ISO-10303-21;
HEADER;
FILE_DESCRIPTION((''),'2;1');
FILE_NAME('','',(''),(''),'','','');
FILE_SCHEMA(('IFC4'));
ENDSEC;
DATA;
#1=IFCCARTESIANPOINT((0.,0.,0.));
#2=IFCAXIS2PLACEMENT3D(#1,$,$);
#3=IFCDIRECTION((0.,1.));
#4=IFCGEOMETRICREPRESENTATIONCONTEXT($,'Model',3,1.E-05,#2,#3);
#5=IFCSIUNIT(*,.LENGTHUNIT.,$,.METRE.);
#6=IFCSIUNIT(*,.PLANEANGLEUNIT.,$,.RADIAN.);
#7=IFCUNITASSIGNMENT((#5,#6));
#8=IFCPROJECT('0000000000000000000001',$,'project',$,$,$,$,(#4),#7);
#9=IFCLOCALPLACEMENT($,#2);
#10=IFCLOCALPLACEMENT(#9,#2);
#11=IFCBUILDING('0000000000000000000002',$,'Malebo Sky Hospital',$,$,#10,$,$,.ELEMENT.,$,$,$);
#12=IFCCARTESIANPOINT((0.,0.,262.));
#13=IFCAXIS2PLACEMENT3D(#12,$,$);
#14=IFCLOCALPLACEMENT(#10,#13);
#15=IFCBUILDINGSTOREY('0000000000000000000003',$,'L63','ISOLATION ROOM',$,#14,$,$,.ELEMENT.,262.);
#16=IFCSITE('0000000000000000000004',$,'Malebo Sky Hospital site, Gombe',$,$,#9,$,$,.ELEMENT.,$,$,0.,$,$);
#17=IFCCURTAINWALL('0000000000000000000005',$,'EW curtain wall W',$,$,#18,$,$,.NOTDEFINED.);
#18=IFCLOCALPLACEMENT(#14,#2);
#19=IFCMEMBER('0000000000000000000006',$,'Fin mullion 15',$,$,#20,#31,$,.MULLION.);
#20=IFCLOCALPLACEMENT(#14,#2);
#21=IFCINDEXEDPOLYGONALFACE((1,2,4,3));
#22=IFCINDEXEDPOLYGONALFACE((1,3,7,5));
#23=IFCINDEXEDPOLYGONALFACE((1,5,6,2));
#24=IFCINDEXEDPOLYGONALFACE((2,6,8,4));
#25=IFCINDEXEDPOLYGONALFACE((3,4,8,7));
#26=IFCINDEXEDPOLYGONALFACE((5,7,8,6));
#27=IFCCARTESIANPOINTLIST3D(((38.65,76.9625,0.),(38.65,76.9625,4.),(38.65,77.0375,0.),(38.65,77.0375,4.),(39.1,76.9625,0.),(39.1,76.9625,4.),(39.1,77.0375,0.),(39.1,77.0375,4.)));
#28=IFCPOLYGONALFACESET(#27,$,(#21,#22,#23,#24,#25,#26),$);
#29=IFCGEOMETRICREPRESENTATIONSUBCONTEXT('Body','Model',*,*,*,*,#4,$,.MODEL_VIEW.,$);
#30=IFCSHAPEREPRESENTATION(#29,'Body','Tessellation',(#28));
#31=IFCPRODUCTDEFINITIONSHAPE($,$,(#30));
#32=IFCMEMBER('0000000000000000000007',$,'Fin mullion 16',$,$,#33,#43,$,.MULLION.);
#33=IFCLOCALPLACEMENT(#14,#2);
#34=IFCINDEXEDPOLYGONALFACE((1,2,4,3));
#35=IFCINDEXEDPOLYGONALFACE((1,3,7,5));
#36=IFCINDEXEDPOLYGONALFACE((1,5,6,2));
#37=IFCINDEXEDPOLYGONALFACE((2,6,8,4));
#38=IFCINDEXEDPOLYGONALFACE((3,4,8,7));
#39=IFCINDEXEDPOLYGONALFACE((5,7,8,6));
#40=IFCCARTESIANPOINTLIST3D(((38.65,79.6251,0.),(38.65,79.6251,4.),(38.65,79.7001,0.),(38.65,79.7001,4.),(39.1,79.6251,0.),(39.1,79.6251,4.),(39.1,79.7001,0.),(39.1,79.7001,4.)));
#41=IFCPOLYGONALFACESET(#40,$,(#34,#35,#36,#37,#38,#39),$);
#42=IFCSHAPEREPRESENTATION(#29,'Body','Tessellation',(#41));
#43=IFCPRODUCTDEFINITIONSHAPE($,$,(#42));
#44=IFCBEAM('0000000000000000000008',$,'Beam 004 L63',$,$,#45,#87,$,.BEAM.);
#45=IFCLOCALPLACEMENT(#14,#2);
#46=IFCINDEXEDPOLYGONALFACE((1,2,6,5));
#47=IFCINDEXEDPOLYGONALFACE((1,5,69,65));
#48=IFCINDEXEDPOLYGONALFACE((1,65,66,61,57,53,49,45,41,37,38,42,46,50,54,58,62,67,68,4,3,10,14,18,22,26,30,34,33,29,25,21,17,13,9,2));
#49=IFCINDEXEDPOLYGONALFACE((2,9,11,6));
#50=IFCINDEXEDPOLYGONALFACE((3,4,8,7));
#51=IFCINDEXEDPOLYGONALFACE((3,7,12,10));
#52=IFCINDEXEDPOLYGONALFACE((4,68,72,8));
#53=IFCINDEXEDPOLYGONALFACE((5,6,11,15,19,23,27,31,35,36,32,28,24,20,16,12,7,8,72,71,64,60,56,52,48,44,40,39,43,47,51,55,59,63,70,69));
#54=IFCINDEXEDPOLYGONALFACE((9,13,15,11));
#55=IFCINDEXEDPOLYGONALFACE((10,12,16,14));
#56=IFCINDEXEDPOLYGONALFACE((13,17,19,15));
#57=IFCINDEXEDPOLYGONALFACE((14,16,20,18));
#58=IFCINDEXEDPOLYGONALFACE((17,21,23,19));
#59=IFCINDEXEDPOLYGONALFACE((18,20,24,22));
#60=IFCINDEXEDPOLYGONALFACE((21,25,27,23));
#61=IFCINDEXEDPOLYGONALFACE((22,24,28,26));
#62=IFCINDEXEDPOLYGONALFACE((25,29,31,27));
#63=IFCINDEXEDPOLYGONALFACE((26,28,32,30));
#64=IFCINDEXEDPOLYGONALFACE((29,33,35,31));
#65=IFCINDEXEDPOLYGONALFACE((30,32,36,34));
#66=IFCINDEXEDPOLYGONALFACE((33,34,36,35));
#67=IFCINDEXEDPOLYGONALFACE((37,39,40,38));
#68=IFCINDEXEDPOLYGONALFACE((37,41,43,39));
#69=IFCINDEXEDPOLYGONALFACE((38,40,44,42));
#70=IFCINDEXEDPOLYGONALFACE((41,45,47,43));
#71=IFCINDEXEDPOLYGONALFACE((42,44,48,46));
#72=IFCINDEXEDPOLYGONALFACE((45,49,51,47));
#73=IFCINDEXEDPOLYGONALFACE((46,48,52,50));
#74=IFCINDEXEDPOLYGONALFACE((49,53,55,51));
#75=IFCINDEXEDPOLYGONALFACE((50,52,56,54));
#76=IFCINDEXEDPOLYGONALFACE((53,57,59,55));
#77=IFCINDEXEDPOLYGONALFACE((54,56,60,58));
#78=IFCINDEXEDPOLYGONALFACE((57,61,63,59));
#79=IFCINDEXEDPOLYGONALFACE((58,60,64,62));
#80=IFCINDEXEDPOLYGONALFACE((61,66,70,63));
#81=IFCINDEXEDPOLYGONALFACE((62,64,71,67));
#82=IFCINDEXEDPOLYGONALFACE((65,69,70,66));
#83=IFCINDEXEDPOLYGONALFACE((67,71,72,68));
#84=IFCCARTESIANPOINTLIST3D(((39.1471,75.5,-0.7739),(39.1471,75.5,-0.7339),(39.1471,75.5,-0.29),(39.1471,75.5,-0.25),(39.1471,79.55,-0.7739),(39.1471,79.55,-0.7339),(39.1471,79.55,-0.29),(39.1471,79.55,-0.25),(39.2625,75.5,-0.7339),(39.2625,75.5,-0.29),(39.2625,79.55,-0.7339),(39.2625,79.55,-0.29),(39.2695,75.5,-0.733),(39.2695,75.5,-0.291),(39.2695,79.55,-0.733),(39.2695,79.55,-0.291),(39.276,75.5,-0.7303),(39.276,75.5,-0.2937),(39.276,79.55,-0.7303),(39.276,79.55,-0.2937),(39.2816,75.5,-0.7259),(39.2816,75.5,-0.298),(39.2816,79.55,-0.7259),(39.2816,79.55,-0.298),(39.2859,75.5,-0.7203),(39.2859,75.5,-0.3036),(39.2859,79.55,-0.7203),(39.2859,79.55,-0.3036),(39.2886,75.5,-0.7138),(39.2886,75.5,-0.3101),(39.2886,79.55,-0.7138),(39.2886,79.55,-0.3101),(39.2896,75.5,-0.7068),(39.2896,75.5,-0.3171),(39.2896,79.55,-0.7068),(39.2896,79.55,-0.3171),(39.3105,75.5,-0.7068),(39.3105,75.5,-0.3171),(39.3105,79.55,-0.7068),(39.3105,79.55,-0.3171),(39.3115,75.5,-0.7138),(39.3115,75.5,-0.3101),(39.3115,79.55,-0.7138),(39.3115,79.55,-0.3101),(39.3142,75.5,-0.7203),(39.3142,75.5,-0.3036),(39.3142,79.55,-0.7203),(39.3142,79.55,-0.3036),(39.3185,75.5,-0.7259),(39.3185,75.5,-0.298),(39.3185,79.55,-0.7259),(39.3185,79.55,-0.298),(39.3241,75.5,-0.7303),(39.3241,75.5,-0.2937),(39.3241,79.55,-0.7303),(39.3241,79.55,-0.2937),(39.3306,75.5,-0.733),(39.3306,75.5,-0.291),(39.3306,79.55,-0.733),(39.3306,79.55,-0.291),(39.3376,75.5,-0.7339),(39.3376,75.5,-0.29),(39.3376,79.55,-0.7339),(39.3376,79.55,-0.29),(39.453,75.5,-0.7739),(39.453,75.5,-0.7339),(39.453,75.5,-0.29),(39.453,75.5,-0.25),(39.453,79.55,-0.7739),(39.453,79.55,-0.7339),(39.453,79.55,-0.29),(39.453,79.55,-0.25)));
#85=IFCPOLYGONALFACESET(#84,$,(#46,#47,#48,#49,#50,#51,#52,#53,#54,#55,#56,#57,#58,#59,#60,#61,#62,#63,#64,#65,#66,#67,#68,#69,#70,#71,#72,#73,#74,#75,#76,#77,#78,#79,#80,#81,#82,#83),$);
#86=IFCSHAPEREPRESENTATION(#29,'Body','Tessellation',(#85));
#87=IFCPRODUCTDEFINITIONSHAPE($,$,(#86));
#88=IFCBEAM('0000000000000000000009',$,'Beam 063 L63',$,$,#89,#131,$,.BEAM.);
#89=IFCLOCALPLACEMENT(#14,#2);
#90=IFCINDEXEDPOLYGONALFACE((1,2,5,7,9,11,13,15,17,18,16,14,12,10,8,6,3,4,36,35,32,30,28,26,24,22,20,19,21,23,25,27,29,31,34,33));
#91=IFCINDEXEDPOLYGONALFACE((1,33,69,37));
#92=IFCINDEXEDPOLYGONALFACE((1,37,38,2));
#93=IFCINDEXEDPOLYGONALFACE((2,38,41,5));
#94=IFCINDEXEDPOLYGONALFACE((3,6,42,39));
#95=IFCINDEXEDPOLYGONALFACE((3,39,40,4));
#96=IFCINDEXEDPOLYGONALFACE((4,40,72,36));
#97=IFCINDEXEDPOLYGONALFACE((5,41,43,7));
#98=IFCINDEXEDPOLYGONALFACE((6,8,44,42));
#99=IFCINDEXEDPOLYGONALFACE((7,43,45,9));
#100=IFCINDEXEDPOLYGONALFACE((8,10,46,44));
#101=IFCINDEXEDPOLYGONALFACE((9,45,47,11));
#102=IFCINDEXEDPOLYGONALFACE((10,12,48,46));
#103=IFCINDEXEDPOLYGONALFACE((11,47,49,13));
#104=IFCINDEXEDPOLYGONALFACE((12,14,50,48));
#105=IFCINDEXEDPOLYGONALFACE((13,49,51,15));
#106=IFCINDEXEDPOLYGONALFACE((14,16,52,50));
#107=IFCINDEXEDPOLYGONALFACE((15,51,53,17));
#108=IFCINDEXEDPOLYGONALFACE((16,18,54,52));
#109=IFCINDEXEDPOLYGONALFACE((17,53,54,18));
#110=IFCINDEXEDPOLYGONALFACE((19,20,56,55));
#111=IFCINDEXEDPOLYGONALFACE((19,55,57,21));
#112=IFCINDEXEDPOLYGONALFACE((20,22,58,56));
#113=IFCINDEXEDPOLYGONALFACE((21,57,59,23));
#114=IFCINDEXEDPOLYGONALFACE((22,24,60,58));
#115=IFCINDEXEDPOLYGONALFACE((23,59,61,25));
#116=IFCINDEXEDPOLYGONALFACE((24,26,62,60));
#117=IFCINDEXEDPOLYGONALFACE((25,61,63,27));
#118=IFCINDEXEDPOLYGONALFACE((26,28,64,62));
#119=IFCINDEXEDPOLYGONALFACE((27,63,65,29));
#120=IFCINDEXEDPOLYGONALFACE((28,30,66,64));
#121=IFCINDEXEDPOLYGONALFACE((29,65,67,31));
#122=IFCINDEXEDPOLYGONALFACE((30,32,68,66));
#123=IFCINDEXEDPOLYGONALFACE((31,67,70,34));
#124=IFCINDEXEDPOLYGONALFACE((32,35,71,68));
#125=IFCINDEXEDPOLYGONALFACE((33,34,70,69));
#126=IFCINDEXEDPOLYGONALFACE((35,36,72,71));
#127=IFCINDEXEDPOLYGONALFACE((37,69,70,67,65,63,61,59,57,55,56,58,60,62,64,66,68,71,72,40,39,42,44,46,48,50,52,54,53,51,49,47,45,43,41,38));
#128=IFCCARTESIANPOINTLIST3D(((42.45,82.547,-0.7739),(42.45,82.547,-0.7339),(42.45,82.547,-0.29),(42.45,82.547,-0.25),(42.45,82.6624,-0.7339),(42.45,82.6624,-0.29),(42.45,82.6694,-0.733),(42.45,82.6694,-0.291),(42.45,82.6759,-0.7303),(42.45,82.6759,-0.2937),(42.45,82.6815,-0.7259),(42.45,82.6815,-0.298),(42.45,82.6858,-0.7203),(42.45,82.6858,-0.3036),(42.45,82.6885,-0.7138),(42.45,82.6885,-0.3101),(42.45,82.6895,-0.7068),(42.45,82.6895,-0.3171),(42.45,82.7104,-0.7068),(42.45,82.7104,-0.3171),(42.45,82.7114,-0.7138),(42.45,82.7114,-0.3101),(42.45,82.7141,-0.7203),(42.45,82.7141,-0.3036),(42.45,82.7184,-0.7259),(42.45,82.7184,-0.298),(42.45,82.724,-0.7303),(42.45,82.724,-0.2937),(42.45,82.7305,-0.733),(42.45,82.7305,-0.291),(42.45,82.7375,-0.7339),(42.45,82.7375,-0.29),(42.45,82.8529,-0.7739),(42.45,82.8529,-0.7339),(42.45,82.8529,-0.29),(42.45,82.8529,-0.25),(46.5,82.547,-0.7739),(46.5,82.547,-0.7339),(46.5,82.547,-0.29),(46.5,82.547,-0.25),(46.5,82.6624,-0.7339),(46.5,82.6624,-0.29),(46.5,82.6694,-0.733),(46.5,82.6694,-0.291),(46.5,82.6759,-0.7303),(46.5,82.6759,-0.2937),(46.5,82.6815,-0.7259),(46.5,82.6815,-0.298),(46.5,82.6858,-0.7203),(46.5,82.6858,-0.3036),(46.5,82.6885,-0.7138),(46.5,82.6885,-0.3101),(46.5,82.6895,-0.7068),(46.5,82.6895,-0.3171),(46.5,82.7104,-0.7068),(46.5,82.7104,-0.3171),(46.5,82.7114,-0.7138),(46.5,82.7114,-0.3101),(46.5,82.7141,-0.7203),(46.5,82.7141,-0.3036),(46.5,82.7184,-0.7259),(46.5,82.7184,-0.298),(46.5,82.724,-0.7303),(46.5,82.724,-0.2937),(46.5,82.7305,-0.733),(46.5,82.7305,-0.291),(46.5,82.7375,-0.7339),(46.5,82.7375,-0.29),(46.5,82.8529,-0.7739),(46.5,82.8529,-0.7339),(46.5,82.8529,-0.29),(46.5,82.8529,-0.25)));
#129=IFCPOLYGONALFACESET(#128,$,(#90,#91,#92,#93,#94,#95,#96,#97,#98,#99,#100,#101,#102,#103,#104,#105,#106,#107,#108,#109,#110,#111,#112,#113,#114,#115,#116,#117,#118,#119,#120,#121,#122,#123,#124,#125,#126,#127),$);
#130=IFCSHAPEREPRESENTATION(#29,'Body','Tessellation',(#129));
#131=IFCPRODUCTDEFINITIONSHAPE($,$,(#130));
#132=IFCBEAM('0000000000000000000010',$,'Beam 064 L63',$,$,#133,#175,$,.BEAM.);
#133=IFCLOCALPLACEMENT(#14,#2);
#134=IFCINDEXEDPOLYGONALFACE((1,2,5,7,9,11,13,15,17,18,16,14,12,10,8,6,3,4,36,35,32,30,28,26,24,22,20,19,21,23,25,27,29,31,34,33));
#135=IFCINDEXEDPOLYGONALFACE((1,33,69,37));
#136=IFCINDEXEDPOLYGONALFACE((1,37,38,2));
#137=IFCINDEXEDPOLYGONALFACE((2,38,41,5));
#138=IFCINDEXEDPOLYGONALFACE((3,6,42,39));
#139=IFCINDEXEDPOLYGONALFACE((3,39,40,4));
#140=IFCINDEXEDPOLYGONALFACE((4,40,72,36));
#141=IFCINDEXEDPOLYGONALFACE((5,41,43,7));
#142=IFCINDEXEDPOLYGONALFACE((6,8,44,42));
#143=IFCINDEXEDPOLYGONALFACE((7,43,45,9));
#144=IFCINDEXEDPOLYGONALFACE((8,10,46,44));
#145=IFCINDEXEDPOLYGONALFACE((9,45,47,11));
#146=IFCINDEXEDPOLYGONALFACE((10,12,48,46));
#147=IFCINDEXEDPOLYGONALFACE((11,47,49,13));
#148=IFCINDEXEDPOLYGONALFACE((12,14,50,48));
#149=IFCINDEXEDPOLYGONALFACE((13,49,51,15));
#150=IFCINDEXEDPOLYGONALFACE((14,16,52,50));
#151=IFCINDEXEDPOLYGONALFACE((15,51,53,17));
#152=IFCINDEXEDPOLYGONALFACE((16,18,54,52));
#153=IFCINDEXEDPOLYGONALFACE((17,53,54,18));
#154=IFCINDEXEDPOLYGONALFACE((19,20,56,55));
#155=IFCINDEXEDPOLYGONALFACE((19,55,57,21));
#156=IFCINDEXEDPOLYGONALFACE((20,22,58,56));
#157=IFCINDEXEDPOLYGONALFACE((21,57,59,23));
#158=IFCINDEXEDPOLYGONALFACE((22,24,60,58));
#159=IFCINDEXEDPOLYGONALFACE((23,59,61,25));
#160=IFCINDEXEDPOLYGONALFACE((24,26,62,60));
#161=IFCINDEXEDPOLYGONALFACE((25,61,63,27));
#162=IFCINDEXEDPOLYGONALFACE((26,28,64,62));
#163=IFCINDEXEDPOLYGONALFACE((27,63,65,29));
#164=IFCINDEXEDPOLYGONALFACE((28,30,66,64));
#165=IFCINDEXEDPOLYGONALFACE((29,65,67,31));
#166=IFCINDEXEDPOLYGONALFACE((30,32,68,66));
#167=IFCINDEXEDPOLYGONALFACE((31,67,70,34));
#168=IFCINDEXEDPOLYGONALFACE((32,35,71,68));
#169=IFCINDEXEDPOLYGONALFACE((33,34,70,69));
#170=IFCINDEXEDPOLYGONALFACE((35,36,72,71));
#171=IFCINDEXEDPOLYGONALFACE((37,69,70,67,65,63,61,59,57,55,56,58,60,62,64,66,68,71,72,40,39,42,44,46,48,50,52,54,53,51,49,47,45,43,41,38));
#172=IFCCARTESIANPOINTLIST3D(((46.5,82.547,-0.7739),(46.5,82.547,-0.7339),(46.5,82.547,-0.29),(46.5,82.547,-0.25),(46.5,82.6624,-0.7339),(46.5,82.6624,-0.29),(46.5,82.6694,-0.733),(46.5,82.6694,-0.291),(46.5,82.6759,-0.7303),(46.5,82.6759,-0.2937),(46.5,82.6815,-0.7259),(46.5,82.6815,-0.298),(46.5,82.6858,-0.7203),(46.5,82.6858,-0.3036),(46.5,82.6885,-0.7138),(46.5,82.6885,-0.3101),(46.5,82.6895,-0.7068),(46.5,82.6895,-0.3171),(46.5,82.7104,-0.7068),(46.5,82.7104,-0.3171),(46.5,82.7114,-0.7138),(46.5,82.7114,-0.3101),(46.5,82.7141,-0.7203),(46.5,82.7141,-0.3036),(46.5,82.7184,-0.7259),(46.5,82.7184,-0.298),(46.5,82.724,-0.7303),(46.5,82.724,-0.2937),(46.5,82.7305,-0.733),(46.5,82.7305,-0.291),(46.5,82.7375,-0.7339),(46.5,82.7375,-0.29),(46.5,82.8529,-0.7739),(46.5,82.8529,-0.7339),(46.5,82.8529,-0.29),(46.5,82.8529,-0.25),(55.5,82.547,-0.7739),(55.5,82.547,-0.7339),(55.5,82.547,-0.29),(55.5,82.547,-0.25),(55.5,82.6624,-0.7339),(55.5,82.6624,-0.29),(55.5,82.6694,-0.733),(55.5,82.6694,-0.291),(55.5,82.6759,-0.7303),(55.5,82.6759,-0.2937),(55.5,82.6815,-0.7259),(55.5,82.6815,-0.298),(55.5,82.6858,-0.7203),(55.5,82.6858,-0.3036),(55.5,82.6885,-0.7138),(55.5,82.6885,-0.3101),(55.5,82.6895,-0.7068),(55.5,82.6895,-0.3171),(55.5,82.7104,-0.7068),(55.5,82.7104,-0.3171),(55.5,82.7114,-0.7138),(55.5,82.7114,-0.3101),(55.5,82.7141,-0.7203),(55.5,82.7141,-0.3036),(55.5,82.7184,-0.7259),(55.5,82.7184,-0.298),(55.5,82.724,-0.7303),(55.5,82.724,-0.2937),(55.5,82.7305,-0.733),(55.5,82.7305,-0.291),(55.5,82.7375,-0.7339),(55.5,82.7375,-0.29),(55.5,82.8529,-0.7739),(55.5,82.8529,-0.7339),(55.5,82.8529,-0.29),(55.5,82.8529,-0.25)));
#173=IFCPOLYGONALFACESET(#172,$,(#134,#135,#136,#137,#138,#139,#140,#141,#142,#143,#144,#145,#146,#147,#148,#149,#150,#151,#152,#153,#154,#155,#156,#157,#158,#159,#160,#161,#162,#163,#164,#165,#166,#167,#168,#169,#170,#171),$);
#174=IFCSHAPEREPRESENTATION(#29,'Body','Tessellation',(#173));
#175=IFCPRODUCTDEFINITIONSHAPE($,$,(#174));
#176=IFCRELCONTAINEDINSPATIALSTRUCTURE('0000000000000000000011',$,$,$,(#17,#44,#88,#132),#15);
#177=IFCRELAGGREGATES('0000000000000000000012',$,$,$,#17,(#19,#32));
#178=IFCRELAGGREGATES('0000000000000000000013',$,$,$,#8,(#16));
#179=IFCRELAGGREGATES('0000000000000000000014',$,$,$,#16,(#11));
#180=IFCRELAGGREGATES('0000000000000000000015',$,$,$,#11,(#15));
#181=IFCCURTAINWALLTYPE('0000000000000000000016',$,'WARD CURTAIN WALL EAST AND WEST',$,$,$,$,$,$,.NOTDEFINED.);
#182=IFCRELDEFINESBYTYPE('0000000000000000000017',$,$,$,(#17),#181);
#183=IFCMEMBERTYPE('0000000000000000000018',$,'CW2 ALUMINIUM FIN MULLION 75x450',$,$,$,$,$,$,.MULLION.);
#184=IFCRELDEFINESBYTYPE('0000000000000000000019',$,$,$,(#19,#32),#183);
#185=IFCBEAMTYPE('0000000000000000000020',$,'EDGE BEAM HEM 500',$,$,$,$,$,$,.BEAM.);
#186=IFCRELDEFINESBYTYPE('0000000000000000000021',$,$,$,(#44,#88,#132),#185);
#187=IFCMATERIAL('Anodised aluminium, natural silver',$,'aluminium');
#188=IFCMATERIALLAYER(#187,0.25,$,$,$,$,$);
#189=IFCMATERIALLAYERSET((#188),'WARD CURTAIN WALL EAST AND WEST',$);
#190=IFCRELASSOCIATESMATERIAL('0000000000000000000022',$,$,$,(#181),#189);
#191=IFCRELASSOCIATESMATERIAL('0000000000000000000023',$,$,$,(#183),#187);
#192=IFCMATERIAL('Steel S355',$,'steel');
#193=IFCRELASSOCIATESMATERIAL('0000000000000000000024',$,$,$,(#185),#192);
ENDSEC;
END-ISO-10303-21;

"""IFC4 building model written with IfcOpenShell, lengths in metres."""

from ifc_helpers import new_model, si_unit, direction, frame, origin, origin_2d, place, context, subcontext, project, spatial, rectangle, i_section, extrude, material, layer, layer_set, material_profile, profile_set, type_object, element, aggregate, save


model = new_model("IFC4")

# Units and contexts
model_context = context("Model", 3, precision=1e-05, world=origin(), true_north=direction((0.0, 1.0)))
body_context = subcontext(model_context, "Body", "Model", "MODEL_VIEW")
ifc_project = project(units=[si_unit("LENGTHUNIT", "METRE"), si_unit("PLANEANGLEUNIT", "RADIAN")], contexts=[model_context])

# Site, building, storey
site_placement = place(None, origin())
site = spatial("IfcSite", under=ifc_project, at=site_placement, Name="Malebo Sky Hospital site, Gombe", CompositionType="ELEMENT", RefElevation=0.0)
building_placement = place(site_placement, origin())
building = spatial("IfcBuilding", under=site, at=building_placement, Name="Malebo Sky Hospital", CompositionType="ELEMENT")
storey_placement = place(building_placement, frame((0.0, 0.0, 262.0)))
storey = spatial("IfcBuildingStorey", under=building, at=storey_placement, Name="L63", Description="ISOLATION ROOM", CompositionType="ELEMENT", Elevation=262.0)

# Curtain wall
ifc_material_1 = material(Name="Anodised aluminium, natural silver", Category="aluminium")
ifc_layer_1 = layer(ifc_material_1, 0.25)
ifc_layer_set_1 = layer_set([ifc_layer_1], Name="WARD CURTAIN WALL EAST AND WEST")
curtain_wall_type_1 = type_object("IfcCurtainWallType", Name="WARD CURTAIN WALL EAST AND WEST", PredefinedType="NOTDEFINED", material=ifc_layer_set_1)
curtain_wall_1_placement = place(storey_placement, origin())
curtain_wall_1 = element("IfcCurtainWall", 1, at=curtain_wall_1_placement, inside=storey, type_object=curtain_wall_type_1, Name="EW curtain wall W", PredefinedType="NOTDEFINED")

# Members
ifc_material_profile_1 = material_profile(ifc_material_1, rectangle(XDim=0.075, YDim=0.45, at=origin_2d()), Name="CW2 ALUMINIUM FIN MULLION 75x450")
ifc_profile_set_1 = profile_set([ifc_material_profile_1], Name="Anodised aluminium, natural silver")
member_type_1 = type_object("IfcMemberType", Name="CW2 ALUMINIUM FIN MULLION 75x450", PredefinedType="MULLION", material=ifc_profile_set_1)
member_1_placement = place(storey_placement, frame((38.875, 77.0, 0.0), z_axis=(0.0, 0.0, 1.0), x_axis=(0.0, 1.0, 0.0)))
member_1 = element("IfcMember", 2, at=member_1_placement, type_object=member_type_1, Name="Fin mullion 15", PredefinedType="MULLION", context=body_context, shape_type="SweptSolid", body=[
    extrude(rectangle(XDim=0.075, YDim=0.45, at=origin_2d()), origin(), (0.0, 0.0, 1.0), 4.0),
])
member_2_placement = place(storey_placement, frame((38.875, 79.6626, 0.0), z_axis=(0.0, 0.0, 1.0), x_axis=(0.0, 1.0, 0.0)))
member_2 = element("IfcMember", 3, at=member_2_placement, type_object=member_type_1, Name="Fin mullion 16", PredefinedType="MULLION", context=body_context, shape_type="SweptSolid", body=[
    extrude(rectangle(XDim=0.075, YDim=0.45, at=origin_2d()), origin(), (0.0, 0.0, 1.0), 4.0),
])

# Beams
ifc_material_2 = material(Name="Steel S355", Category="steel")
ifc_material_profile_2 = material_profile(ifc_material_2, i_section(OverallWidth=0.3059, OverallDepth=0.5239, WebThickness=0.021, FlangeThickness=0.04, FilletRadius=0.0271, at=origin_2d()), Name="HEM 500")
ifc_profile_set_2 = profile_set([ifc_material_profile_2], Name="Steel S355")
beam_type_1 = type_object("IfcBeamType", Name="EDGE BEAM HEM 500", PredefinedType="BEAM", material=ifc_profile_set_2)
for number, where, z_axis, x_axis, name in (
    (4, (39.3, 75.5, -0.512), (0.0, 1.0, 0.0), (-1.0, 0.0, 0.0), "Beam 004 L63"),
    (5, (42.45, 82.7, -0.512), (1.0, 0.0, 0.0), (0.0, 1.0, 0.0), "Beam 063 L63"),
):
    element("IfcBeam", number, at=place(storey_placement, frame(where, z_axis=z_axis, x_axis=x_axis)), inside=storey, type_object=beam_type_1, Name=name, PredefinedType="BEAM", context=body_context, shape_type="SweptSolid", body=[
        extrude(i_section(OverallWidth=0.3059, OverallDepth=0.5239, WebThickness=0.021, FlangeThickness=0.04, FilletRadius=0.0271, at=origin_2d()), origin(), (0.0, 0.0, 1.0), 4.05),
    ])
beam_1_placement = place(storey_placement, frame((46.5, 82.7, -0.512), z_axis=(1.0, 0.0, 0.0), x_axis=(0.0, 1.0, 0.0)))
element("IfcBeam", 6, at=beam_1_placement, inside=storey, type_object=beam_type_1, Name="Beam 064 L63", PredefinedType="BEAM", context=body_context, shape_type="SweptSolid", body=[
    extrude(i_section(OverallWidth=0.3059, OverallDepth=0.5239, WebThickness=0.021, FlangeThickness=0.04, FilletRadius=0.0271, at=origin_2d()), origin(), (0.0, 0.0, 1.0), 9.0),
])

aggregate(curtain_wall_1, [member_1, member_2])

save(model, "model.ifc")
